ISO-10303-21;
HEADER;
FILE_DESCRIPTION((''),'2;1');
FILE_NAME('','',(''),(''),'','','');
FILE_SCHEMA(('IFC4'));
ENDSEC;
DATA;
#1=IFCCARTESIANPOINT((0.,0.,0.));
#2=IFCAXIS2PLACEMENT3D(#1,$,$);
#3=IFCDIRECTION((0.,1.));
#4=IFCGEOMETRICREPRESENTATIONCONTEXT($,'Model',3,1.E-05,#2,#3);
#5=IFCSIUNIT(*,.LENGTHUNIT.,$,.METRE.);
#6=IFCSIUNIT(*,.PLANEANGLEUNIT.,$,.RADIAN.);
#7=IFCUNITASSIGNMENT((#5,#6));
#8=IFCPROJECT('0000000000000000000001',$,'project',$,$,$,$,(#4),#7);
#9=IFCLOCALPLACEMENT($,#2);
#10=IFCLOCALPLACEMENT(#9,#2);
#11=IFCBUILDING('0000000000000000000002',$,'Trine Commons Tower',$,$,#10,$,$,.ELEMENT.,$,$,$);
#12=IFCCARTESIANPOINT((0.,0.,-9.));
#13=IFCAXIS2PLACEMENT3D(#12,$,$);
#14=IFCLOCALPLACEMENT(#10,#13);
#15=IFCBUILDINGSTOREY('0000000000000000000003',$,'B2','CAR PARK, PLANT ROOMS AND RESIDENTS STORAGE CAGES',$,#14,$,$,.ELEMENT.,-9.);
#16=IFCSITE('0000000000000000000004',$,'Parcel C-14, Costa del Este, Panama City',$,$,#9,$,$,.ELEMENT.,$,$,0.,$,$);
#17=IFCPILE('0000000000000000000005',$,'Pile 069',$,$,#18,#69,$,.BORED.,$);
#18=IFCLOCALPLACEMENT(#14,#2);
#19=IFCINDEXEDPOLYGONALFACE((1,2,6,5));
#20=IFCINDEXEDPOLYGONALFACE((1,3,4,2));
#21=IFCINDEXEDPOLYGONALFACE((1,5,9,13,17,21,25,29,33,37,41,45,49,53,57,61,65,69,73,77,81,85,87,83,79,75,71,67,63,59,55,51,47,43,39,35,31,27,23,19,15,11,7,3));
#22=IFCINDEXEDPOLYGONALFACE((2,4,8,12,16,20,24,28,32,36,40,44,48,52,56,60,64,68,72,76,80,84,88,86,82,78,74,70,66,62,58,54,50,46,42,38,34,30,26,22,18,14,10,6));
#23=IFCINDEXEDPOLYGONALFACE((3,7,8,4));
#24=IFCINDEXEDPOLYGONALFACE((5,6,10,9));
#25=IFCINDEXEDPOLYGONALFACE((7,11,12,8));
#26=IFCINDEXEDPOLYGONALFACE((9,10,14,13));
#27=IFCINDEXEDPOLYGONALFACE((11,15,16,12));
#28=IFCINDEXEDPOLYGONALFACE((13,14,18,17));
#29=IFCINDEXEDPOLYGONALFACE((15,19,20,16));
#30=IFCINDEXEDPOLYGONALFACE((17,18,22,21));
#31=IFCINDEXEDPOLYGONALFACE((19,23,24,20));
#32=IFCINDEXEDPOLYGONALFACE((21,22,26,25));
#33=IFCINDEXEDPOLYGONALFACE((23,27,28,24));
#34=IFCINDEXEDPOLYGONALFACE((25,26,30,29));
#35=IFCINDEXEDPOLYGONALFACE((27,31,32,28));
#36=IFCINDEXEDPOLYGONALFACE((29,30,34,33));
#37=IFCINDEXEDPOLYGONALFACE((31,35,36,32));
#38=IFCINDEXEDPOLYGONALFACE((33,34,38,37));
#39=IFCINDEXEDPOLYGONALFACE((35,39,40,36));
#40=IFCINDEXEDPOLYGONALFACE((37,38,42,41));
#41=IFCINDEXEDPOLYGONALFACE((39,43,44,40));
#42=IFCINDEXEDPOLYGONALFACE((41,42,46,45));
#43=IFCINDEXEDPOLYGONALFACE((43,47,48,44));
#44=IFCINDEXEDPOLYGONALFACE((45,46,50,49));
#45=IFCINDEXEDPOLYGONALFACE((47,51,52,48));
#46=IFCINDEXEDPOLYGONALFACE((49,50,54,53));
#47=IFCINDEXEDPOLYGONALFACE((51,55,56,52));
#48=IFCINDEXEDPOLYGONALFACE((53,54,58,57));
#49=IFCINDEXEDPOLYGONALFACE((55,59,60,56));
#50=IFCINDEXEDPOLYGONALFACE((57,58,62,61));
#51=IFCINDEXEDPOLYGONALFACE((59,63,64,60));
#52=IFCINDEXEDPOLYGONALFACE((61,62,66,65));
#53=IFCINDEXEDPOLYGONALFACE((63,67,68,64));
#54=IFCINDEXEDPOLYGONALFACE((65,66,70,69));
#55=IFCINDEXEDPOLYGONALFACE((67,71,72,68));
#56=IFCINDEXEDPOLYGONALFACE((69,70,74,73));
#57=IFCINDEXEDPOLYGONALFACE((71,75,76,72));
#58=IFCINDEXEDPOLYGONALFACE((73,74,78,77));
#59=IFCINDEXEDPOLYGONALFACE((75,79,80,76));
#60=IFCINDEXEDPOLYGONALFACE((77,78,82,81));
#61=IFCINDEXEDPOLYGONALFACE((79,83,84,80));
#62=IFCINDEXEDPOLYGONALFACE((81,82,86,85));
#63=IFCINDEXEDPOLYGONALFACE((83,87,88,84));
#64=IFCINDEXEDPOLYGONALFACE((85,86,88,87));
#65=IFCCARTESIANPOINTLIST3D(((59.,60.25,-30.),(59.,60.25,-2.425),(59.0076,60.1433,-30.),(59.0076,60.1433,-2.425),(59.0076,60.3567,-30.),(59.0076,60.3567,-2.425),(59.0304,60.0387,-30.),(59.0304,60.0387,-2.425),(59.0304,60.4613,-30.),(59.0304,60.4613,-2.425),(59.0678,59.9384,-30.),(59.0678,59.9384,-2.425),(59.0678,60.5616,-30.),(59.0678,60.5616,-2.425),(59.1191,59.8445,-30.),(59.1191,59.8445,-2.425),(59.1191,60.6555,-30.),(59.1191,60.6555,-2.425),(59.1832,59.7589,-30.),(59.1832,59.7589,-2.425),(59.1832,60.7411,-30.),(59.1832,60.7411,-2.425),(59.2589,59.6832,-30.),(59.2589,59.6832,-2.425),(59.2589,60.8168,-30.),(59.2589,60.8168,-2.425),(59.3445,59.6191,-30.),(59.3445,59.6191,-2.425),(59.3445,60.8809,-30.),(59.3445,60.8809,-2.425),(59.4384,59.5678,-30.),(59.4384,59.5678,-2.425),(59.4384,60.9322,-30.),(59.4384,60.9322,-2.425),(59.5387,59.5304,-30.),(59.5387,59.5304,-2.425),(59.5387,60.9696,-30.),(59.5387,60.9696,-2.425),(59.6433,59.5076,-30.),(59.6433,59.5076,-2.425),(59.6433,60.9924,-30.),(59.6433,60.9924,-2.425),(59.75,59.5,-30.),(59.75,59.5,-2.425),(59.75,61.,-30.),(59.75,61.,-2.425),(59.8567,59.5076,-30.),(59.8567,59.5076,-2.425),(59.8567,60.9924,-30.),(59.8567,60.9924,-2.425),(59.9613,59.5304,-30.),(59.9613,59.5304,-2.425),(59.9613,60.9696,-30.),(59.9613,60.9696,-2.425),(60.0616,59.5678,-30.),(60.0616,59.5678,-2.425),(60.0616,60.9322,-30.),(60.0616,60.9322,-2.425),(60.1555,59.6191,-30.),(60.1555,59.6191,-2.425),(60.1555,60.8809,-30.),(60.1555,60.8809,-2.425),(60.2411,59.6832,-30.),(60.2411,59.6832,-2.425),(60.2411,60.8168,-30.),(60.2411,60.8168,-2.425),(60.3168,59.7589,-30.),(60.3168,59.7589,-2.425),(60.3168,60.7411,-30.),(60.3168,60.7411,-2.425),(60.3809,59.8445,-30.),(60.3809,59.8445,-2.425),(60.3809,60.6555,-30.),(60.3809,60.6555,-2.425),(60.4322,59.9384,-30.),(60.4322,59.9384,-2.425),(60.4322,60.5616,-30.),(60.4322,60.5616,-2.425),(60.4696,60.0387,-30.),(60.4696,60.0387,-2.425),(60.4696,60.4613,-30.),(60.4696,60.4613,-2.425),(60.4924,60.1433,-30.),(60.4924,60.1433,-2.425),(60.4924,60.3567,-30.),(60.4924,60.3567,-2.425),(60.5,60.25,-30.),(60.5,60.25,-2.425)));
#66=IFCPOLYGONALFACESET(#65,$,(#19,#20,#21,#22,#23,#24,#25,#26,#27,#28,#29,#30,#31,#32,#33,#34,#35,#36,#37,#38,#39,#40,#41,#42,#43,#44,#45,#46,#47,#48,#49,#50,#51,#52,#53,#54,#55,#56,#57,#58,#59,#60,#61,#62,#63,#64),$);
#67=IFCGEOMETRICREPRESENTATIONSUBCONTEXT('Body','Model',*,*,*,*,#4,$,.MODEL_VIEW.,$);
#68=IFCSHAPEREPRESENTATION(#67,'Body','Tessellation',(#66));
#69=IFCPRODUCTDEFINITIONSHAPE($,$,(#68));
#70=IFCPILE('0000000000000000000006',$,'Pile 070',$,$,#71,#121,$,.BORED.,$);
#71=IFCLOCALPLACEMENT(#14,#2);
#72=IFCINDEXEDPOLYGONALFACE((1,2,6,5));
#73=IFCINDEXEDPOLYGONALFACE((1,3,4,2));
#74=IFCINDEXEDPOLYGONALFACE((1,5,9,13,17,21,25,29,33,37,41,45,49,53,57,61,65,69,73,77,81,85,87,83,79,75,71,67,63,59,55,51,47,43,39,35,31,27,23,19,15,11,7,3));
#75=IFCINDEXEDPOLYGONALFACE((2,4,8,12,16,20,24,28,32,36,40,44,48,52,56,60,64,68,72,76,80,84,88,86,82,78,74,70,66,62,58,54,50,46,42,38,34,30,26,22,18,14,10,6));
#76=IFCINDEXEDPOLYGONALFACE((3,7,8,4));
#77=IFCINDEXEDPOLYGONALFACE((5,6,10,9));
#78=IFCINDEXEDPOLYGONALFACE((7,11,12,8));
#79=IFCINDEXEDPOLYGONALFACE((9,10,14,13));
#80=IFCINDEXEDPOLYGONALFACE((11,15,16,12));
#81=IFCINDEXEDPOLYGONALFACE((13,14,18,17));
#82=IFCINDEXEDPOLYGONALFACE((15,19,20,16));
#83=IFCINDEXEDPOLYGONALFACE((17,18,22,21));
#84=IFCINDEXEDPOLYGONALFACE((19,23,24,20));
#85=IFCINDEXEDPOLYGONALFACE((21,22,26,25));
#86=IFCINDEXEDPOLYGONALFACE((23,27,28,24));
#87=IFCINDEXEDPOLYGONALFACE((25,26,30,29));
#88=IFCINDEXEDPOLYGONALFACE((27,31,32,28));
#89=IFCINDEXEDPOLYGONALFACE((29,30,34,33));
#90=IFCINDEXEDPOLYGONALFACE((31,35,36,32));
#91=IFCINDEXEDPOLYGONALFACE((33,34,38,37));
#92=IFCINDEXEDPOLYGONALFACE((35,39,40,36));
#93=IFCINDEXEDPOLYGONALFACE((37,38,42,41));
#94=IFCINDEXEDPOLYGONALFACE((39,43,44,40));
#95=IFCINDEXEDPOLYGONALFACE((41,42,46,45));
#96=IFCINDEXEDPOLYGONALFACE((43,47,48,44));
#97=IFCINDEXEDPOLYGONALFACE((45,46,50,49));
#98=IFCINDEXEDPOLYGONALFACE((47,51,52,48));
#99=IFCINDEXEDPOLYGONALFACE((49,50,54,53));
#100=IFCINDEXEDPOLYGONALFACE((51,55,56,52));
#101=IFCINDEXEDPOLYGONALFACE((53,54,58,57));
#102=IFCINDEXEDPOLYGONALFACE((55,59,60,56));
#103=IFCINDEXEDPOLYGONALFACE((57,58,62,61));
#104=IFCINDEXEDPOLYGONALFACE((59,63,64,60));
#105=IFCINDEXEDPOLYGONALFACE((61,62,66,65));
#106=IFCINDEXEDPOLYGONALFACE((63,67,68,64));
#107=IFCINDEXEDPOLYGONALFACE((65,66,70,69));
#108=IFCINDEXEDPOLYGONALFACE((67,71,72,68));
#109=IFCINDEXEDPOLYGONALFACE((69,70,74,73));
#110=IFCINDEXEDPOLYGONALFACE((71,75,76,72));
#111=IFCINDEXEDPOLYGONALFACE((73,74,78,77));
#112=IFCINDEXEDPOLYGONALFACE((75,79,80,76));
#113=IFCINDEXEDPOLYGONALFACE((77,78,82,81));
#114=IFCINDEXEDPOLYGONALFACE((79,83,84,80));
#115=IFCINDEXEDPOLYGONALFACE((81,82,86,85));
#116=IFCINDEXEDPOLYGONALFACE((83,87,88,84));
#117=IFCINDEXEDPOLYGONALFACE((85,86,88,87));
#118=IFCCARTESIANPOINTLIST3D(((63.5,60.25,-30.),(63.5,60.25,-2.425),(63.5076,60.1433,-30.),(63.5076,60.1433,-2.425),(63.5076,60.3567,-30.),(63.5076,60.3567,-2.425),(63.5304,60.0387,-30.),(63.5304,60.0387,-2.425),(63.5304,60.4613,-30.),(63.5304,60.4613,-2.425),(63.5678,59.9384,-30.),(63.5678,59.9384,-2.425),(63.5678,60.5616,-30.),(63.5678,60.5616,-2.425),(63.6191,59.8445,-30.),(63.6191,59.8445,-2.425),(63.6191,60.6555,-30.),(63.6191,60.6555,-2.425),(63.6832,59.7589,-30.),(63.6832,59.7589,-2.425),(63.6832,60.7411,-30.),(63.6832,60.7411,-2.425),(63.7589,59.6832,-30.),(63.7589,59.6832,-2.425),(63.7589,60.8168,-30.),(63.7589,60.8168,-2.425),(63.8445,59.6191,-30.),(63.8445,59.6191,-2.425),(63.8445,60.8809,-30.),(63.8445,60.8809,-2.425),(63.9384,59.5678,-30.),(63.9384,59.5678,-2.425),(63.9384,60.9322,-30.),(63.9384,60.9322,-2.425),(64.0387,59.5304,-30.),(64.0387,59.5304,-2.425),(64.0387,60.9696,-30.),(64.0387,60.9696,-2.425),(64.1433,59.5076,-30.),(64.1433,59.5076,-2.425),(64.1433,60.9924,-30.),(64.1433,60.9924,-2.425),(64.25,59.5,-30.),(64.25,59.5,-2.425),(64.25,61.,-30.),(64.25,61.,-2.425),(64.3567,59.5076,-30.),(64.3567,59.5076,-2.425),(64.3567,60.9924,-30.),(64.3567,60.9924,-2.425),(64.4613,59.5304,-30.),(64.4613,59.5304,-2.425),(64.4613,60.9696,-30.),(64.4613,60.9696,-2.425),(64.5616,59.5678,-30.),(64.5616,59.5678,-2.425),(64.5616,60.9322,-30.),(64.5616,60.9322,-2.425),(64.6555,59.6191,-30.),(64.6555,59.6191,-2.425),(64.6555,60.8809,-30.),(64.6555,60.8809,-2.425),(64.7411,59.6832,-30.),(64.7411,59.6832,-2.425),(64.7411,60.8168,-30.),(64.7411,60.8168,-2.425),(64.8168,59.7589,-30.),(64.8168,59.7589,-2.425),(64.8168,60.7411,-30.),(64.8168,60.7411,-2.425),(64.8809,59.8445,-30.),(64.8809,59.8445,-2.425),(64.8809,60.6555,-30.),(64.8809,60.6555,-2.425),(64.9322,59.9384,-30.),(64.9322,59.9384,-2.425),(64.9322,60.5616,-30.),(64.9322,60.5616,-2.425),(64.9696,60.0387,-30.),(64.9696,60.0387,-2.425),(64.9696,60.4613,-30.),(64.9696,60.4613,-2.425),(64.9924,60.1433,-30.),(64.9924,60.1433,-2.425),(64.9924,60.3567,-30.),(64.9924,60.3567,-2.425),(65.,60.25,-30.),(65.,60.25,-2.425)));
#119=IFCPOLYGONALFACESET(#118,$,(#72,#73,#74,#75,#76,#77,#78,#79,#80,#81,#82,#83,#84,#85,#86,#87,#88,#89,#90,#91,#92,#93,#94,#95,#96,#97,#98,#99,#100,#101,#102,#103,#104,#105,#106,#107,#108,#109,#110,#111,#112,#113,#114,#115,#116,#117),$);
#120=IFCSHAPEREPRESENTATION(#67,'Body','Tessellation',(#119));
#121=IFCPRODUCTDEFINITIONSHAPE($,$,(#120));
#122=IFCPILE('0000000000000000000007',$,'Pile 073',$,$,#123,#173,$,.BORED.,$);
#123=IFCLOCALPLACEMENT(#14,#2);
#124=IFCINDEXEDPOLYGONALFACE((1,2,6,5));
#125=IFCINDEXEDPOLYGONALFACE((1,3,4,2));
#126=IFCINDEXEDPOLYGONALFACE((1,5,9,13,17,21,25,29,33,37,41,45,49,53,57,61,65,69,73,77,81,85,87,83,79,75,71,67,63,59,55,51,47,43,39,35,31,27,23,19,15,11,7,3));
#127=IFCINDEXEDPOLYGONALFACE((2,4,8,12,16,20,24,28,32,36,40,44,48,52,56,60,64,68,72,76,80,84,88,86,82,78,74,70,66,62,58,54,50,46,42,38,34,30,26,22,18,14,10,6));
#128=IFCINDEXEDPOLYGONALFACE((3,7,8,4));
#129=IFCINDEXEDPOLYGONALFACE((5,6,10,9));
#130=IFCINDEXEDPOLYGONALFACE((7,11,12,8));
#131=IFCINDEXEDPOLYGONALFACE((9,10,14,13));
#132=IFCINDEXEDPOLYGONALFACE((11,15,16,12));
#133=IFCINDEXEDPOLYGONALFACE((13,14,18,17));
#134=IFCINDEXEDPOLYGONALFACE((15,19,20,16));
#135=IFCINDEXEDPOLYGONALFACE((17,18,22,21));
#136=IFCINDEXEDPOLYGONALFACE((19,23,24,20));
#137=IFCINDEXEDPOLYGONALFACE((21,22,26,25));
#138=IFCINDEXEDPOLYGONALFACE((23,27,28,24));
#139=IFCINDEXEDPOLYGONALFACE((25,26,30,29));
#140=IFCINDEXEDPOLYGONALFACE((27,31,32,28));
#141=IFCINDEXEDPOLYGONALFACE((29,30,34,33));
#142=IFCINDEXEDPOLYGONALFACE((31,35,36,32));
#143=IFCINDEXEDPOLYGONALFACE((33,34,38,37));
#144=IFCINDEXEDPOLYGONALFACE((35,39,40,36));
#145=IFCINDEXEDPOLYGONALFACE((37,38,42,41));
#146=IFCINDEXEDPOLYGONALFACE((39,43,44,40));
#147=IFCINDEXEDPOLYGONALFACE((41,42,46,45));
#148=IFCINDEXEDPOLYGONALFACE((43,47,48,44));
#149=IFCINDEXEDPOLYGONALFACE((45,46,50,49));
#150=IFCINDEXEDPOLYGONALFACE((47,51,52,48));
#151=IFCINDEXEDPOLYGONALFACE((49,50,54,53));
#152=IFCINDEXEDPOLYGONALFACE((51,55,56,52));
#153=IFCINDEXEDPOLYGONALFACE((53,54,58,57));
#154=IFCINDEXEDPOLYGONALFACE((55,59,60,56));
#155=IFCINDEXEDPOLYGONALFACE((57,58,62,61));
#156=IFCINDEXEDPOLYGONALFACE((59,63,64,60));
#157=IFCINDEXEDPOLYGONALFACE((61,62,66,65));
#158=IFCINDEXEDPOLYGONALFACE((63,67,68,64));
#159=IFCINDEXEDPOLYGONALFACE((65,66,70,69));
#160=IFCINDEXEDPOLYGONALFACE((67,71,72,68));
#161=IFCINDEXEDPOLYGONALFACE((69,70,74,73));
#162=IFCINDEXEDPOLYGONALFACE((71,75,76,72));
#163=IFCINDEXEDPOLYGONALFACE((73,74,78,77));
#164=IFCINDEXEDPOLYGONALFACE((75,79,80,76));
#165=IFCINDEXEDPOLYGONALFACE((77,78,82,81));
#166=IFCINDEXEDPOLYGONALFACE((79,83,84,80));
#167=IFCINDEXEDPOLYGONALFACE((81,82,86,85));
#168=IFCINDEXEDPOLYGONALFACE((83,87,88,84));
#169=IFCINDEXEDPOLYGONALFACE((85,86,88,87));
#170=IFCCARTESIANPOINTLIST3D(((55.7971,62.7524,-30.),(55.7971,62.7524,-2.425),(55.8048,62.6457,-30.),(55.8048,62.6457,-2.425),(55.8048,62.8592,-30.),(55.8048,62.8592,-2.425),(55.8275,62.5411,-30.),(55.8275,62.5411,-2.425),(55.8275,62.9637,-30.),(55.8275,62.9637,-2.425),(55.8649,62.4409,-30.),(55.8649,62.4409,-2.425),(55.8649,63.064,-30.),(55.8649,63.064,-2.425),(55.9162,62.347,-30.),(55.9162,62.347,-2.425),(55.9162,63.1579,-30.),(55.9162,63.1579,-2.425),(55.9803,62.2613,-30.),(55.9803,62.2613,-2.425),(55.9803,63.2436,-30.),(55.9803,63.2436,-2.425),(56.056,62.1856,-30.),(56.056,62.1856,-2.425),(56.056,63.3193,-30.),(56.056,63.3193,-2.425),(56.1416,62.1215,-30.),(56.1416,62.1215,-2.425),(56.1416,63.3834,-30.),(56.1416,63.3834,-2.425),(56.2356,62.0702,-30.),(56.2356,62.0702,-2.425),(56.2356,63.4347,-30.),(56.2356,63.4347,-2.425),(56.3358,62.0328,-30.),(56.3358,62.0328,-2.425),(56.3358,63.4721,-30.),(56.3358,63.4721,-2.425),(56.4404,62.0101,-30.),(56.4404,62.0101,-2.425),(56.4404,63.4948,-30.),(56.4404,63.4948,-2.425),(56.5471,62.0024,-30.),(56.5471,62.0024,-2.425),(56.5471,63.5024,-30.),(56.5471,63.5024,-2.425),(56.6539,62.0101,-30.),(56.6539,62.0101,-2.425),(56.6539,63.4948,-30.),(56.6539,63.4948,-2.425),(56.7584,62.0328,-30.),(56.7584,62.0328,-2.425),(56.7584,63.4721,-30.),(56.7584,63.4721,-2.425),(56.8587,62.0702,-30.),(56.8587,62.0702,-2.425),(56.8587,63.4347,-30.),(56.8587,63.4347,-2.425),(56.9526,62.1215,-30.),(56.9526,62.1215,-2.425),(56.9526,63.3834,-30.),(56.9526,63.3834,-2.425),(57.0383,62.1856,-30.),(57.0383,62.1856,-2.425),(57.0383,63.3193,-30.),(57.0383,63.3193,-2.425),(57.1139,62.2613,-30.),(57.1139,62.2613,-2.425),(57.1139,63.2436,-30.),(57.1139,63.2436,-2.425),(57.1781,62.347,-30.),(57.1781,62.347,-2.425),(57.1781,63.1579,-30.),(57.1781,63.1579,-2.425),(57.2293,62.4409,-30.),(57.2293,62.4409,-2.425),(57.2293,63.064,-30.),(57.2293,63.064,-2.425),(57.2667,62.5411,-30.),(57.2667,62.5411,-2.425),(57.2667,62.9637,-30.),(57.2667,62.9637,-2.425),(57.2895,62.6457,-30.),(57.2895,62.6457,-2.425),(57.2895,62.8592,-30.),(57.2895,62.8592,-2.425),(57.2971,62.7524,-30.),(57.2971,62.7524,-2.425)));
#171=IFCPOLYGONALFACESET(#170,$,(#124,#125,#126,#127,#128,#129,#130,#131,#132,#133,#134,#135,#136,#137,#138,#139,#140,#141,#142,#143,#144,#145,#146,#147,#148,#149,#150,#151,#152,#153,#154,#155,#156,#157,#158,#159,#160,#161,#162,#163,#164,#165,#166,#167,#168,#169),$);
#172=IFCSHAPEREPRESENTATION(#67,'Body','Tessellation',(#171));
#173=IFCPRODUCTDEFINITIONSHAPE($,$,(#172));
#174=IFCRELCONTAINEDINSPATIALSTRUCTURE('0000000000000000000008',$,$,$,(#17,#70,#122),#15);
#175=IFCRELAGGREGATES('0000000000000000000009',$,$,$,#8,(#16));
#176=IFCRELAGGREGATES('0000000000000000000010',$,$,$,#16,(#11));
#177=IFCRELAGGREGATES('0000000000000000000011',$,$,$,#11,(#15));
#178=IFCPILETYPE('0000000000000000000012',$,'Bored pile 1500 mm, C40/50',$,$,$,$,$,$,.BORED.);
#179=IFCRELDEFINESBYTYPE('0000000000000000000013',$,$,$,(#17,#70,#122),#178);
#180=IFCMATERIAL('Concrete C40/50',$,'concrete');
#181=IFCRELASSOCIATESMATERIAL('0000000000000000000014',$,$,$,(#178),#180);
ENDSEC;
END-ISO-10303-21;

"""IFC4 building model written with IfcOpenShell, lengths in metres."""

from ifc_helpers import new_model, si_unit, direction, frame, origin, origin_2d, place, context, subcontext, project, spatial, circle, extrude, material, type_object, element, save


model = new_model("IFC4")

# Units and contexts
model_context = context("Model", 3, precision=1e-05, world=origin(), true_north=direction((0.0, 1.0)))
body_context = subcontext(model_context, "Body", "Model", "MODEL_VIEW")
ifc_project = project(units=[si_unit("LENGTHUNIT", "METRE"), si_unit("PLANEANGLEUNIT", "RADIAN")], contexts=[model_context])

# Site, building, storey
site_placement = place(None, origin())
site = spatial("IfcSite", under=ifc_project, at=site_placement, Name="Parcel C-14, Costa del Este, Panama City", CompositionType="ELEMENT", RefElevation=0.0)
building_placement = place(site_placement, origin())
building = spatial("IfcBuilding", under=site, at=building_placement, Name="Trine Commons Tower", CompositionType="ELEMENT")
storey_placement = place(building_placement, frame((0.0, 0.0, -9.0)))
storey = spatial("IfcBuildingStorey", under=building, at=storey_placement, Name="B2", Description="CAR PARK, PLANT ROOMS AND RESIDENTS STORAGE CAGES", CompositionType="ELEMENT", Elevation=-9.0)

# Piles
ifc_material_1 = material(Name="Concrete C40/50", Category="concrete")
pile_type_1 = type_object("IfcPileType", Name="Bored pile 1500 mm, C40/50", PredefinedType="BORED", material=ifc_material_1)
for number, where, z_axis, x_axis, name in (
    (1, (59.75, 60.25, -2.425), (0.0, 0.0, -1.0), (1.0, 0.0, 0.0), "Pile 069"),
    (2, (64.25, 60.25, -2.425), (0.0, 0.0, -1.0), (1.0, 0.0, 0.0), "Pile 070"),
    (3, (56.5471, 62.7524, -2.425), (0.0, 0.0, -1.0), (1.0, 0.0, 0.0), "Pile 073"),
):
    element("IfcPile", number, at=place(storey_placement, frame(where, z_axis=z_axis, x_axis=x_axis)), inside=storey, type_object=pile_type_1, Name=name, PredefinedType="BORED", context=body_context, shape_type="SweptSolid", body=[
        extrude(circle(Radius=0.75, at=origin_2d()), origin(), (0.0, 0.0, 1.0), 27.575),
    ])

save(model, "model.ifc")
